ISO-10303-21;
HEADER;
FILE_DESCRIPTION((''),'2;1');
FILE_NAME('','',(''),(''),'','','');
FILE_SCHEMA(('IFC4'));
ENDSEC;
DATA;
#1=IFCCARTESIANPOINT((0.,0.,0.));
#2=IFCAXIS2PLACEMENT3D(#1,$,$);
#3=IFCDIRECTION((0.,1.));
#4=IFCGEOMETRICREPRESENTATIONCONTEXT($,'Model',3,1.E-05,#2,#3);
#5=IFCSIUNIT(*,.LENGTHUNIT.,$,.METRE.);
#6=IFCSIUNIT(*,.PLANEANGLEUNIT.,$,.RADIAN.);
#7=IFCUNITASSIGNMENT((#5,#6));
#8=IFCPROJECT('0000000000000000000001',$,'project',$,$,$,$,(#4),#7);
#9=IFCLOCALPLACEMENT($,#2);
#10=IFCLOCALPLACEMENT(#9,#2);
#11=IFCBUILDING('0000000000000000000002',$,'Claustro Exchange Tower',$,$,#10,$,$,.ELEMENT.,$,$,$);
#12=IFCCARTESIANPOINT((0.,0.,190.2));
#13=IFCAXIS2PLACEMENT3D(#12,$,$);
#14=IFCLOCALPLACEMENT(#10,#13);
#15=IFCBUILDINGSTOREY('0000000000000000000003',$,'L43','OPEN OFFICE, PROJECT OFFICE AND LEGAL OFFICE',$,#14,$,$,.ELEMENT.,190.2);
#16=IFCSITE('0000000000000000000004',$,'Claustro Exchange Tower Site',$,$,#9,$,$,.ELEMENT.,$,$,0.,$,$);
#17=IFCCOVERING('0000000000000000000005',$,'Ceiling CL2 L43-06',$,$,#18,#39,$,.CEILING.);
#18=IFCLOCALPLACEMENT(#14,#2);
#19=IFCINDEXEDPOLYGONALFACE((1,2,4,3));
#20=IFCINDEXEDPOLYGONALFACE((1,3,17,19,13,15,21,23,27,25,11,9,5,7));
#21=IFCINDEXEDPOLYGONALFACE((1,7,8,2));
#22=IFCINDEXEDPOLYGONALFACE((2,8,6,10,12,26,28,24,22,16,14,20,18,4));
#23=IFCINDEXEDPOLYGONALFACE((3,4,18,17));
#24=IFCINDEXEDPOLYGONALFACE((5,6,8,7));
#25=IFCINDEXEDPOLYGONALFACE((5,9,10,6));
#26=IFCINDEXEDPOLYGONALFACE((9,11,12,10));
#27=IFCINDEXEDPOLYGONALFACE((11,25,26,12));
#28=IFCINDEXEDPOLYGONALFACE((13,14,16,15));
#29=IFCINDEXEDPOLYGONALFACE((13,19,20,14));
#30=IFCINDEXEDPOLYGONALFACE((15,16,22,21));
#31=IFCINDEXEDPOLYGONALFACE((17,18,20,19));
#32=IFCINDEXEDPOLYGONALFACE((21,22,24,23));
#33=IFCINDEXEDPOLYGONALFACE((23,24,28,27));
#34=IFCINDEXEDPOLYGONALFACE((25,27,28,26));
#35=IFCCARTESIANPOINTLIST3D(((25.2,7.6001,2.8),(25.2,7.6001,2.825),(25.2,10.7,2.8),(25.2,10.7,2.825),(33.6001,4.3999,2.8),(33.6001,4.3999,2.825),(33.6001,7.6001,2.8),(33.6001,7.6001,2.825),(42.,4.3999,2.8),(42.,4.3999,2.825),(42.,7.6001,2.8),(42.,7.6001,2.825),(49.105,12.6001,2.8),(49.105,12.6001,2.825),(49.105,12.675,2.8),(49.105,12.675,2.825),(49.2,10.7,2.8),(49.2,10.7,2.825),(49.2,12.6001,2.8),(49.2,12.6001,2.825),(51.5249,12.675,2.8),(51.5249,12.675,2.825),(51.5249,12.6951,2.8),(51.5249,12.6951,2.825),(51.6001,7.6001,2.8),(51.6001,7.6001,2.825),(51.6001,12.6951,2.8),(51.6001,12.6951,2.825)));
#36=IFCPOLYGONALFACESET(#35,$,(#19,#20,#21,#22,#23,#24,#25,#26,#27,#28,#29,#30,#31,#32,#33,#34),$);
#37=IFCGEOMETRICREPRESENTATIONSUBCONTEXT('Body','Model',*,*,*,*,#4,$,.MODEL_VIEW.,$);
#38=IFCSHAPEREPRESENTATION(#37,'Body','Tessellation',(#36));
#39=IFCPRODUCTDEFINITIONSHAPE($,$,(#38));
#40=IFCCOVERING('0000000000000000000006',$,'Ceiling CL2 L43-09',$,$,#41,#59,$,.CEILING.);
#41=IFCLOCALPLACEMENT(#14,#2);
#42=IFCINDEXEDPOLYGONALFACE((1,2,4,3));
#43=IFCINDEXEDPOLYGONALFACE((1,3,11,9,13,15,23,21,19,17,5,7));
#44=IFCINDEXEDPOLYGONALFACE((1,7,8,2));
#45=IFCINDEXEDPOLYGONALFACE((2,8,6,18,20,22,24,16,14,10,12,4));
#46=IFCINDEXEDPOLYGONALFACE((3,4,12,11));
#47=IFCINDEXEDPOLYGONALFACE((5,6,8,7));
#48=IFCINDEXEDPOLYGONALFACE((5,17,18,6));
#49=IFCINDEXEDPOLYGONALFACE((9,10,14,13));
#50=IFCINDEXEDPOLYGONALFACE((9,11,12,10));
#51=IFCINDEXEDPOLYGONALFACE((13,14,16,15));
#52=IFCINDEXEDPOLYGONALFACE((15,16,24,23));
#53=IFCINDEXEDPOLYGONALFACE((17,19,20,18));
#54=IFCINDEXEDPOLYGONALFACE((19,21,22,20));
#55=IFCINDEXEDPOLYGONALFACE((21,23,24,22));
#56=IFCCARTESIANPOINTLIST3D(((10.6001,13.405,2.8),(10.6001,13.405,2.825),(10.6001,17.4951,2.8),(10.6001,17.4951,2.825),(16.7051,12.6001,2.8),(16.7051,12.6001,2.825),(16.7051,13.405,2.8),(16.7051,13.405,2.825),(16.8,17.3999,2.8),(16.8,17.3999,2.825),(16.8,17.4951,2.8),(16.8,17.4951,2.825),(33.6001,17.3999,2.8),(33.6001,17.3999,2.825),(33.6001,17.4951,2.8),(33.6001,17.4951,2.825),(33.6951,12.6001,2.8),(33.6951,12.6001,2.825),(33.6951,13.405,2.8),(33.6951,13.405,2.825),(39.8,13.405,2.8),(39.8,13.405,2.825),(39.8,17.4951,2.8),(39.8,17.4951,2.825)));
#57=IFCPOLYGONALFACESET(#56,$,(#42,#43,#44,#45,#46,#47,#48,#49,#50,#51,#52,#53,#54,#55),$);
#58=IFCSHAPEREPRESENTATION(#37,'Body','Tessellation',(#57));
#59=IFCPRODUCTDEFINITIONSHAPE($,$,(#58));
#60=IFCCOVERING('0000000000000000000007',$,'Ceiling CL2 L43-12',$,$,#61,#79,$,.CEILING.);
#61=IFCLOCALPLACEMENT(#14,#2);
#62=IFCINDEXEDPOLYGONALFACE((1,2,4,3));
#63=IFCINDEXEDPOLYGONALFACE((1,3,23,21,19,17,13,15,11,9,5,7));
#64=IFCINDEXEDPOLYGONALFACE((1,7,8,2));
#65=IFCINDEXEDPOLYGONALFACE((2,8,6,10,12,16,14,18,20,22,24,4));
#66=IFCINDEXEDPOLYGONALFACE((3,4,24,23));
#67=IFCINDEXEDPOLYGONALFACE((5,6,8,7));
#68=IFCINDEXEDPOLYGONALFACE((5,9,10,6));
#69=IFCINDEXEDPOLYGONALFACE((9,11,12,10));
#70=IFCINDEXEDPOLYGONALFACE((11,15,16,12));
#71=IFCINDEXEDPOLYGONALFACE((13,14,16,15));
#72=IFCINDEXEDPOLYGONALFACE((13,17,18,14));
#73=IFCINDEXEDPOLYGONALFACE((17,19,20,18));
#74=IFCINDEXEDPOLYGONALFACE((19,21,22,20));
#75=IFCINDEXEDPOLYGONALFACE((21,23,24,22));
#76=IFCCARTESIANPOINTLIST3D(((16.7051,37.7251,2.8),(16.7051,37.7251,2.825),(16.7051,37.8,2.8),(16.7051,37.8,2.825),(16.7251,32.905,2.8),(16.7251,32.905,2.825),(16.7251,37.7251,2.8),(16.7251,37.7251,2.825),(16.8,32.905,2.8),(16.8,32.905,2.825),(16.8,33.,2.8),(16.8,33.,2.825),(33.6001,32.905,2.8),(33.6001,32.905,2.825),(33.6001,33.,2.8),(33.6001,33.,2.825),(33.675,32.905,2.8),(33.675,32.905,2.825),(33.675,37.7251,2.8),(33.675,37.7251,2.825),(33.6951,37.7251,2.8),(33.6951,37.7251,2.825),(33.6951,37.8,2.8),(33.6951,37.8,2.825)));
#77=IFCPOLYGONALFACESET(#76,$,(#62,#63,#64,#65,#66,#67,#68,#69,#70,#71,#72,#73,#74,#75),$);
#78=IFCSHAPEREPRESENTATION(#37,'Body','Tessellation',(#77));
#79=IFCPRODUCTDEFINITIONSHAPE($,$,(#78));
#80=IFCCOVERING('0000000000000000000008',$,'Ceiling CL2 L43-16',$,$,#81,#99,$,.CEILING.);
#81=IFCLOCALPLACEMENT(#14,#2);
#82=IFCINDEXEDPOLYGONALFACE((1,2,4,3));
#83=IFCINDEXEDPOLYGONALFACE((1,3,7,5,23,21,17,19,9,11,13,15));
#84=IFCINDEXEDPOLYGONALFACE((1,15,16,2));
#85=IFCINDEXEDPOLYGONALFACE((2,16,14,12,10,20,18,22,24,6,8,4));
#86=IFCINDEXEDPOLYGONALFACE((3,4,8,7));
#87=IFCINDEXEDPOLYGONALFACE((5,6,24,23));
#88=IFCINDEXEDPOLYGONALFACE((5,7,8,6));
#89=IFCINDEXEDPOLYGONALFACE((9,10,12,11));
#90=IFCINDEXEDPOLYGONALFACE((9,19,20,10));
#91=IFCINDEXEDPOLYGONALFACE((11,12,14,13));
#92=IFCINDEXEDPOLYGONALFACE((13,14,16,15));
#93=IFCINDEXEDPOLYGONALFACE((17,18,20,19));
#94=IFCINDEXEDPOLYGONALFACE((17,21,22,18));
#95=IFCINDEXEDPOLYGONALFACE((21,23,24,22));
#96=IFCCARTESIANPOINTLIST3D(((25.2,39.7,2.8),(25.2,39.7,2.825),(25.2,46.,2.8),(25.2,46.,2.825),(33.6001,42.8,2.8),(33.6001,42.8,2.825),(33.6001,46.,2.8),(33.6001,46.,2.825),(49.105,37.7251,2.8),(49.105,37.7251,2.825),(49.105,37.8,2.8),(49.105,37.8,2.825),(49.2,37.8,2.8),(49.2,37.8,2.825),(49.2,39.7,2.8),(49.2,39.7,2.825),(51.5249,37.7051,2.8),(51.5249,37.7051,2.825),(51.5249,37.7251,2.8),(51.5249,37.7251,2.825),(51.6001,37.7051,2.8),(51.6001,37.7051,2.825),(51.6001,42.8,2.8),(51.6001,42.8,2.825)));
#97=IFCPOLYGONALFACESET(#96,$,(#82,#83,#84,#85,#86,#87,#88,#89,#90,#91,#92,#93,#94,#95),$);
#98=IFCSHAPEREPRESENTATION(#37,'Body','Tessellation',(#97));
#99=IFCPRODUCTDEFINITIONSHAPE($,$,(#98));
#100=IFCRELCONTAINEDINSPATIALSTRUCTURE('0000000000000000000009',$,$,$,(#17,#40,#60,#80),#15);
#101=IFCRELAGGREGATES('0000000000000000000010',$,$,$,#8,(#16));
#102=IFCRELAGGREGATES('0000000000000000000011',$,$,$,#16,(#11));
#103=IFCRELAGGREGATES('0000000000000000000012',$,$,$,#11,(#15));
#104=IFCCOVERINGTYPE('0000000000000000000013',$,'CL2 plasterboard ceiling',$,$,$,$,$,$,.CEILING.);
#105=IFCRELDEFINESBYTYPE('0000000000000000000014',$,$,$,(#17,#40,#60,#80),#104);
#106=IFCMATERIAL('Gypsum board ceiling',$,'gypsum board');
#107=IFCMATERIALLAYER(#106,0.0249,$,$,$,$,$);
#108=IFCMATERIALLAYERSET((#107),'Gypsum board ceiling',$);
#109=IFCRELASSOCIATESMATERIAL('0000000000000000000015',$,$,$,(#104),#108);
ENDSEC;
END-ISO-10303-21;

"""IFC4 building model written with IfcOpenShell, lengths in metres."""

from ifc_helpers import new_model, si_unit, direction, frame, origin, place, context, subcontext, project, spatial, polyline, outline, extrude, material, layer, layer_set, type_object, element, save


model = new_model("IFC4")

# Units and contexts
model_context = context("Model", 3, precision=1e-05, world=origin(), true_north=direction((0.0, 1.0)))
body_context = subcontext(model_context, "Body", "Model", "MODEL_VIEW")
ifc_project = project(units=[si_unit("LENGTHUNIT", "METRE"), si_unit("PLANEANGLEUNIT", "RADIAN")], contexts=[model_context])

# Site, building, storey
site_placement = place(None, origin())
site = spatial("IfcSite", under=ifc_project, at=site_placement, Name="Claustro Exchange Tower Site", CompositionType="ELEMENT", RefElevation=0.0)
building_placement = place(site_placement, origin())
building = spatial("IfcBuilding", under=site, at=building_placement, Name="Claustro Exchange Tower", CompositionType="ELEMENT")
storey_placement = place(building_placement, frame((0.0, 0.0, 190.2)))
storey = spatial("IfcBuildingStorey", under=building, at=storey_placement, Name="L43", Description="OPEN OFFICE, PROJECT OFFICE AND LEGAL OFFICE", CompositionType="ELEMENT", Elevation=190.2)

# Coverings
ifc_material_1 = material(Name="Gypsum board ceiling", Category="gypsum board")
ifc_layer_1 = layer(ifc_material_1, 0.0249)
ifc_layer_set_1 = layer_set([ifc_layer_1], Name="Gypsum board ceiling")
covering_type_1 = type_object("IfcCoveringType", Name="CL2 plasterboard ceiling", PredefinedType="CEILING", material=ifc_layer_set_1)
covering_1_placement = place(storey_placement, frame((0.0, 0.0, 2.8)))
element("IfcCovering", 1, at=covering_1_placement, inside=storey, type_object=covering_type_1, Name="Ceiling CL2 L43-06", PredefinedType="CEILING", context=body_context, shape_type="SweptSolid", body=[
    extrude(outline(polyline([(51.6001, 7.6001), (51.6001, 12.6951), (51.5249, 12.6951), (51.5249, 12.675), (49.105, 12.675), (49.105, 12.6001), (49.2, 12.6001), (49.2, 10.7), (25.2, 10.7), (25.2, 7.6001), (33.6001, 7.6001), (33.6001, 4.3999), (42.0, 4.3999), (42.0, 7.6001), (51.6001, 7.6001)])), origin(), (0.0, 0.0, 1.0), 0.0249),
])
covering_2_placement = place(storey_placement, frame((0.0, 0.0, 2.8)))
element("IfcCovering", 2, at=covering_2_placement, inside=storey, type_object=covering_type_1, Name="Ceiling CL2 L43-09", PredefinedType="CEILING", context=body_context, shape_type="SweptSolid", body=[
    extrude(outline(polyline([(33.6001, 17.3999), (16.8, 17.3999), (16.8, 17.4951), (10.6001, 17.4951), (10.6001, 13.405), (16.7051, 13.405), (16.7051, 12.6001), (33.6951, 12.6001), (33.6951, 13.405), (39.8, 13.405), (39.8, 17.4951), (33.6001, 17.4951), (33.6001, 17.3999)])), origin(), (0.0, 0.0, 1.0), 0.0249),
])
covering_3_placement = place(storey_placement, frame((0.0, 0.0, 2.8)))
element("IfcCovering", 3, at=covering_3_placement, inside=storey, type_object=covering_type_1, Name="Ceiling CL2 L43-12", PredefinedType="CEILING", context=body_context, shape_type="SweptSolid", body=[
    extrude(outline(polyline([(16.7251, 37.7251), (16.7251, 32.905), (16.8, 32.905), (16.8, 33.0), (33.6001, 33.0), (33.6001, 32.905), (33.675, 32.905), (33.675, 37.7251), (33.6951, 37.7251), (33.6951, 37.8), (16.7051, 37.8), (16.7051, 37.7251), (16.7251, 37.7251)])), origin(), (0.0, 0.0, 1.0), 0.0249),
])
covering_4_placement = place(storey_placement, frame((0.0, 0.0, 2.8)))
element("IfcCovering", 4, at=covering_4_placement, inside=storey, type_object=covering_type_1, Name="Ceiling CL2 L43-16", PredefinedType="CEILING", context=body_context, shape_type="SweptSolid", body=[
    extrude(outline(polyline([(51.5249, 37.7251), (51.5249, 37.7051), (51.6001, 37.7051), (51.6001, 42.8), (33.6001, 42.8), (33.6001, 46.0), (25.2, 46.0), (25.2, 39.7), (49.2, 39.7), (49.2, 37.8), (49.105, 37.8), (49.105, 37.7251), (51.5249, 37.7251)])), origin(), (0.0, 0.0, 1.0), 0.0249),
])

save(model, "model.ifc")
